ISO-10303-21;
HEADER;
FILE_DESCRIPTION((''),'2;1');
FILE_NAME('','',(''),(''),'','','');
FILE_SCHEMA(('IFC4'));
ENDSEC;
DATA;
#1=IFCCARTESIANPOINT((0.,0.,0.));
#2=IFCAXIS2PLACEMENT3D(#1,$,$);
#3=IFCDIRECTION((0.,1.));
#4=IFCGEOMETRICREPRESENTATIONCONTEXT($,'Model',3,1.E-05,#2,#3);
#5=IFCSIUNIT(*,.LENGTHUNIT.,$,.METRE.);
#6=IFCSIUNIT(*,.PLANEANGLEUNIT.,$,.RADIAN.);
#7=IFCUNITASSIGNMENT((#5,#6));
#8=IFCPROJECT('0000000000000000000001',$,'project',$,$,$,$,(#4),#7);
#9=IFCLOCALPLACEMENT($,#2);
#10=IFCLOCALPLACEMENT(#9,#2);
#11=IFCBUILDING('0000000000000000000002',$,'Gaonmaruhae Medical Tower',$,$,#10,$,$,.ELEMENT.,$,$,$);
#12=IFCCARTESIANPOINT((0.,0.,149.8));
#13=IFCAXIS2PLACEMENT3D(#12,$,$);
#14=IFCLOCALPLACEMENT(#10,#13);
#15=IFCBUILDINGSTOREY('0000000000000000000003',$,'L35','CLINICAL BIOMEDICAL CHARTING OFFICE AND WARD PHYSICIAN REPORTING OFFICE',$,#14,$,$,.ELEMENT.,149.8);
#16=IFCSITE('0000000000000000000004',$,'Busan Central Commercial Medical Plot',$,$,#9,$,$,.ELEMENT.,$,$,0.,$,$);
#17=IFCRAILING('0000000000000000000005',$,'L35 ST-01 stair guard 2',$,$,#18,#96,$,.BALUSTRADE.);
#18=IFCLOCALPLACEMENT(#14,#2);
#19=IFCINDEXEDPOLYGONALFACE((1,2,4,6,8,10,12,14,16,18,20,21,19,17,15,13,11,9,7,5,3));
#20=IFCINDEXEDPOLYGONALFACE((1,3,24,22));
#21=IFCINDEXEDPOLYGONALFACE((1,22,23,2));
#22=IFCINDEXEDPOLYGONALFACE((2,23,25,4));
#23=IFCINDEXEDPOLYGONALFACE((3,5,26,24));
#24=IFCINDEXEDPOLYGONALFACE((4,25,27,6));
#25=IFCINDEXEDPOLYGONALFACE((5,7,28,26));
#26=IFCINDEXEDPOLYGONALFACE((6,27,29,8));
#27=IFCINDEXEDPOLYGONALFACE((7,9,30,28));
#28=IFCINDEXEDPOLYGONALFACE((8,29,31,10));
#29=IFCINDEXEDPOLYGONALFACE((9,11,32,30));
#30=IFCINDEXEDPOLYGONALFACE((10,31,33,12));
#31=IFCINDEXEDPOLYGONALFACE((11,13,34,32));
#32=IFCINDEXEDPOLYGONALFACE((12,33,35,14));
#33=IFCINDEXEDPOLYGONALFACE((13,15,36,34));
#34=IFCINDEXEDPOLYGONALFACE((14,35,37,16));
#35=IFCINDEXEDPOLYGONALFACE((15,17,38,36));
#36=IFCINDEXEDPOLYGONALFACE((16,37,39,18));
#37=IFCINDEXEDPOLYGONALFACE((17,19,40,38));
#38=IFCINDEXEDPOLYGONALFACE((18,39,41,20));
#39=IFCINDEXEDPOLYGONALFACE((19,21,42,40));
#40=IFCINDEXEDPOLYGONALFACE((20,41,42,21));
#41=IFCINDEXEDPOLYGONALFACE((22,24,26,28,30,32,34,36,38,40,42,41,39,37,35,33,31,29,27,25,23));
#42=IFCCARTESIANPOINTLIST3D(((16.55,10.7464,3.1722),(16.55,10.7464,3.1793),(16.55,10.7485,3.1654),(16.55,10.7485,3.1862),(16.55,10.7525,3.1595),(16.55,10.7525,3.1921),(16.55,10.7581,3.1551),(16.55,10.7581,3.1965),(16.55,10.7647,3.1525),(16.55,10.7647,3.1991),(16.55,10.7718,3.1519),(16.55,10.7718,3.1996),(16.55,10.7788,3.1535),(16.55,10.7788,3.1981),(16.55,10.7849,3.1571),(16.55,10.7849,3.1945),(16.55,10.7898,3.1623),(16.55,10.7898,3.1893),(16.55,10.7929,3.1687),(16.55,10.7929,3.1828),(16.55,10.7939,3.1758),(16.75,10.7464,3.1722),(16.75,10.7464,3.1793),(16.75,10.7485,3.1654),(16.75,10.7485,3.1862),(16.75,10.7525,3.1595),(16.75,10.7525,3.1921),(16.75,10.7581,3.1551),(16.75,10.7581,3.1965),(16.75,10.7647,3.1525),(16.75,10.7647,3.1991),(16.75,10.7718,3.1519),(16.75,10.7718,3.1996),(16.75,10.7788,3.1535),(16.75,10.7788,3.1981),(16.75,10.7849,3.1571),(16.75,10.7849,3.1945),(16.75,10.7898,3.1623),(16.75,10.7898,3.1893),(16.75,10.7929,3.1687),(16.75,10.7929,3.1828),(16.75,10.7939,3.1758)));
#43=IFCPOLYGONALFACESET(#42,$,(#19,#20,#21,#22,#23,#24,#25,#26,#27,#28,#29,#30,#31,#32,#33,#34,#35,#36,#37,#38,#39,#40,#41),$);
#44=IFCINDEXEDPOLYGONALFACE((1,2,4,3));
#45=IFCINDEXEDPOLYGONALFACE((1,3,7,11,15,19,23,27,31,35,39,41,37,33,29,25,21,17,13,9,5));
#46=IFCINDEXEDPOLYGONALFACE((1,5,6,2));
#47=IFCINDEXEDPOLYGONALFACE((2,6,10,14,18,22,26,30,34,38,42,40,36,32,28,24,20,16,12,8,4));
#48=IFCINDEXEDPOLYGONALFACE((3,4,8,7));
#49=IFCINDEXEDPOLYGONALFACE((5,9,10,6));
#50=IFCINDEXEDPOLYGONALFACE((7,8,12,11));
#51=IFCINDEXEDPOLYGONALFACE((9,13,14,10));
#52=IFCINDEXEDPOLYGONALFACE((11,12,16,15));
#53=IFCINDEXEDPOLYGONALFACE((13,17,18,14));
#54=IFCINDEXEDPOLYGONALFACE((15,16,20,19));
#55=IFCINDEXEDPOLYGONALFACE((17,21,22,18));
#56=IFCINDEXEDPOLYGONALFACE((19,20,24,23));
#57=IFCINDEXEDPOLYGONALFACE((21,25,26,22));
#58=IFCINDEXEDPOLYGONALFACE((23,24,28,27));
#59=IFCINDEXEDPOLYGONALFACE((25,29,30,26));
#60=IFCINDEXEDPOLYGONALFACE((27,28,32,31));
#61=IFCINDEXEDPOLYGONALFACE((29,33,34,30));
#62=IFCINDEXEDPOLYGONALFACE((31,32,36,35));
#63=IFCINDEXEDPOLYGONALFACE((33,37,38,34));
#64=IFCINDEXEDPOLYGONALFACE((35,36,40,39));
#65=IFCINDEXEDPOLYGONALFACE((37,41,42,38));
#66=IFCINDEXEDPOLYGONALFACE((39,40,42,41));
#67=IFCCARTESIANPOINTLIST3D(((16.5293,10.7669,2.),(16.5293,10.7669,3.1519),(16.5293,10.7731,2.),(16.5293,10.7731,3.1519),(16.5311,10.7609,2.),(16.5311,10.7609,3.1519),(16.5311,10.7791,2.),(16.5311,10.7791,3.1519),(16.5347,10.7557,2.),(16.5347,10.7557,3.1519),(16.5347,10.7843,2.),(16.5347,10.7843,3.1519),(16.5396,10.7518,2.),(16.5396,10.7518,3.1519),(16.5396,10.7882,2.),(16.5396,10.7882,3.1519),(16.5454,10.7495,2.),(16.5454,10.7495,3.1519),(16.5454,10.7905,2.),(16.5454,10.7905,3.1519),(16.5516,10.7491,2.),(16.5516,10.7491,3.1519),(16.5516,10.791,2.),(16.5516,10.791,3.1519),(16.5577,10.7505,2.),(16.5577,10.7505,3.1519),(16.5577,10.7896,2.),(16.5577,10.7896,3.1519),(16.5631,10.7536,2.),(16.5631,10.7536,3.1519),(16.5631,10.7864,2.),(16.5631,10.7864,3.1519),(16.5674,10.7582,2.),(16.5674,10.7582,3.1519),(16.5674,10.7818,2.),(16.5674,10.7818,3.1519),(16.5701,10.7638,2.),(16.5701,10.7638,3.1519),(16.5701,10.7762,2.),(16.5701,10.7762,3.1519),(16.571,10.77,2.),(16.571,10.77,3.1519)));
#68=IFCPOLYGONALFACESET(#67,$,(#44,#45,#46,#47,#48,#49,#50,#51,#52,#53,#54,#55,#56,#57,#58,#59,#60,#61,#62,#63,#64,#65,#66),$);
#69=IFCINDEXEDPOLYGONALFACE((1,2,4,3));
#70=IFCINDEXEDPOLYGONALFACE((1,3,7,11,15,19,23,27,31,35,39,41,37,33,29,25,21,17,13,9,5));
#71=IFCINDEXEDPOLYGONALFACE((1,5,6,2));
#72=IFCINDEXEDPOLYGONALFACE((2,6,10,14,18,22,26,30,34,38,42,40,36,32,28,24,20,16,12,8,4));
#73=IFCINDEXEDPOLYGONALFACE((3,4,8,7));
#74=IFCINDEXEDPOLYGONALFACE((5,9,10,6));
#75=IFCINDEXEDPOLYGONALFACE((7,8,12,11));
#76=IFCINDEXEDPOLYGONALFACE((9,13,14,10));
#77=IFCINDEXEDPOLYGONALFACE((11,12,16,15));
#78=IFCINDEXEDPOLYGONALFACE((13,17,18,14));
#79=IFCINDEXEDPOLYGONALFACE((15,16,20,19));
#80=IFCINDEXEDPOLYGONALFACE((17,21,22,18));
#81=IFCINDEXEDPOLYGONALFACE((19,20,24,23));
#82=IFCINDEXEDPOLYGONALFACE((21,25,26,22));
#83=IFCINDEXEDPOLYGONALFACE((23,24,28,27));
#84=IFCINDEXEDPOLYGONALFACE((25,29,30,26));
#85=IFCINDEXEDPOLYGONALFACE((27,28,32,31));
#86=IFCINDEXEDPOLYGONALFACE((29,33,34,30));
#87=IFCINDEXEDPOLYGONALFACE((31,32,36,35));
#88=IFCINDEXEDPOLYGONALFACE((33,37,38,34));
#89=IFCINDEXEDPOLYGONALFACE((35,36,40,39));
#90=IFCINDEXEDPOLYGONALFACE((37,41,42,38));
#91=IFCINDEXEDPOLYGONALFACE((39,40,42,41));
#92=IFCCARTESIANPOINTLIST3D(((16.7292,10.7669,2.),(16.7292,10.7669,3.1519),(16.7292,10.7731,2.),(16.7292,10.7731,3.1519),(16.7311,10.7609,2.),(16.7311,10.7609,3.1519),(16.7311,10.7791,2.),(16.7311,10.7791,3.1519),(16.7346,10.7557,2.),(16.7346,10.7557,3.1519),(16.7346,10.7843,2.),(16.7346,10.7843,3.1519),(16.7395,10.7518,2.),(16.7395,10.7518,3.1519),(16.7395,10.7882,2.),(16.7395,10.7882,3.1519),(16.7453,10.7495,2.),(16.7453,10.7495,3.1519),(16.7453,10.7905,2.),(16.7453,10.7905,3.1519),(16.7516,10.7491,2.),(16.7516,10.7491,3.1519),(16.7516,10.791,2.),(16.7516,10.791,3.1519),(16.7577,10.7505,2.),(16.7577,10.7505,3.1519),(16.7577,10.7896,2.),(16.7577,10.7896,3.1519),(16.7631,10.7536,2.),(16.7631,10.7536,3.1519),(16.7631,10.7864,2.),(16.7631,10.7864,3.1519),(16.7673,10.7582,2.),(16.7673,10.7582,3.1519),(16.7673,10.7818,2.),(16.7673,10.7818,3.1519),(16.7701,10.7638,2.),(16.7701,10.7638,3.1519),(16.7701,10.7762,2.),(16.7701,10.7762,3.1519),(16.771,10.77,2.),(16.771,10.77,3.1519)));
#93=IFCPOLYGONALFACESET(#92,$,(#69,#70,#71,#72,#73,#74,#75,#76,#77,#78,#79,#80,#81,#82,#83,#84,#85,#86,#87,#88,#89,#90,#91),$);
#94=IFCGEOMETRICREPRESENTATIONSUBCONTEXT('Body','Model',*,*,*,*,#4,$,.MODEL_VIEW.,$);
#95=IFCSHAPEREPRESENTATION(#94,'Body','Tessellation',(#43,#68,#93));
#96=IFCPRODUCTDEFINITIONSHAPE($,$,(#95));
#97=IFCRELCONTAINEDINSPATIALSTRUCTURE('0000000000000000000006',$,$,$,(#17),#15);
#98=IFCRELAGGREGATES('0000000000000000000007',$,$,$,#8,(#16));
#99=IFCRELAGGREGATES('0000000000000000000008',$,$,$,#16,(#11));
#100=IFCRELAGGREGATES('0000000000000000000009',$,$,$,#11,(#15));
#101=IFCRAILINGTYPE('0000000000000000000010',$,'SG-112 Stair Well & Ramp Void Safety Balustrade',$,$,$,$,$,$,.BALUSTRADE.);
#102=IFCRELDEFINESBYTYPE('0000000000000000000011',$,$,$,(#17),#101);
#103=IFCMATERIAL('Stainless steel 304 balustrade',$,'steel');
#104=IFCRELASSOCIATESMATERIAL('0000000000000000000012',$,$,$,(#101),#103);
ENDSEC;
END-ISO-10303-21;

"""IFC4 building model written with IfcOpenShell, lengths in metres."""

from ifc_helpers import new_model, si_unit, direction, frame, origin, origin_2d, place, context, subcontext, project, spatial, circle, extrude, material, type_object, element, save


model = new_model("IFC4")

# Units and contexts
model_context = context("Model", 3, precision=1e-05, world=origin(), true_north=direction((0.0, 1.0)))
body_context = subcontext(model_context, "Body", "Model", "MODEL_VIEW")
ifc_project = project(units=[si_unit("LENGTHUNIT", "METRE"), si_unit("PLANEANGLEUNIT", "RADIAN")], contexts=[model_context])

# Site, building, storey
site_placement = place(None, origin())
site = spatial("IfcSite", under=ifc_project, at=site_placement, Name="Busan Central Commercial Medical Plot", CompositionType="ELEMENT", RefElevation=0.0)
building_placement = place(site_placement, origin())
building = spatial("IfcBuilding", under=site, at=building_placement, Name="Gaonmaruhae Medical Tower", CompositionType="ELEMENT")
storey_placement = place(building_placement, frame((0.0, 0.0, 149.8)))
storey = spatial("IfcBuildingStorey", under=building, at=storey_placement, Name="L35", Description="CLINICAL BIOMEDICAL CHARTING OFFICE AND WARD PHYSICIAN REPORTING OFFICE", CompositionType="ELEMENT", Elevation=149.8)

# Railing
ifc_material_1 = material(Name="Stainless steel 304 balustrade", Category="steel")
railing_type_1 = type_object("IfcRailingType", Name="SG-112 Stair Well & Ramp Void Safety Balustrade", PredefinedType="BALUSTRADE", material=ifc_material_1)
railing_1_placement = place(storey_placement, frame((16.55, 10.77, 2.0)))
element("IfcRailing", 1, at=railing_1_placement, inside=storey, type_object=railing_type_1, Name="L35 ST-01 stair guard 2", PredefinedType="BALUSTRADE", context=body_context, shape_type="SweptSolid", body=[
    extrude(circle(Radius=0.0239, at=origin_2d()), frame((0.0, 0.0, 1.1758), z_axis=(1.0, 0.0, 0.0), x_axis=(0.0, 1.0, 0.0)), (0.0, 0.0, 1.0), 0.2),
    extrude(circle(Radius=0.021, at=origin_2d()), origin(), (0.0, 0.0, 1.0), 1.1519),
    extrude(circle(Radius=0.021, at=origin_2d()), frame((0.2, 0.0, 0.0)), (0.0, 0.0, 1.0), 1.1519),
])

save(model, "model.ifc")
